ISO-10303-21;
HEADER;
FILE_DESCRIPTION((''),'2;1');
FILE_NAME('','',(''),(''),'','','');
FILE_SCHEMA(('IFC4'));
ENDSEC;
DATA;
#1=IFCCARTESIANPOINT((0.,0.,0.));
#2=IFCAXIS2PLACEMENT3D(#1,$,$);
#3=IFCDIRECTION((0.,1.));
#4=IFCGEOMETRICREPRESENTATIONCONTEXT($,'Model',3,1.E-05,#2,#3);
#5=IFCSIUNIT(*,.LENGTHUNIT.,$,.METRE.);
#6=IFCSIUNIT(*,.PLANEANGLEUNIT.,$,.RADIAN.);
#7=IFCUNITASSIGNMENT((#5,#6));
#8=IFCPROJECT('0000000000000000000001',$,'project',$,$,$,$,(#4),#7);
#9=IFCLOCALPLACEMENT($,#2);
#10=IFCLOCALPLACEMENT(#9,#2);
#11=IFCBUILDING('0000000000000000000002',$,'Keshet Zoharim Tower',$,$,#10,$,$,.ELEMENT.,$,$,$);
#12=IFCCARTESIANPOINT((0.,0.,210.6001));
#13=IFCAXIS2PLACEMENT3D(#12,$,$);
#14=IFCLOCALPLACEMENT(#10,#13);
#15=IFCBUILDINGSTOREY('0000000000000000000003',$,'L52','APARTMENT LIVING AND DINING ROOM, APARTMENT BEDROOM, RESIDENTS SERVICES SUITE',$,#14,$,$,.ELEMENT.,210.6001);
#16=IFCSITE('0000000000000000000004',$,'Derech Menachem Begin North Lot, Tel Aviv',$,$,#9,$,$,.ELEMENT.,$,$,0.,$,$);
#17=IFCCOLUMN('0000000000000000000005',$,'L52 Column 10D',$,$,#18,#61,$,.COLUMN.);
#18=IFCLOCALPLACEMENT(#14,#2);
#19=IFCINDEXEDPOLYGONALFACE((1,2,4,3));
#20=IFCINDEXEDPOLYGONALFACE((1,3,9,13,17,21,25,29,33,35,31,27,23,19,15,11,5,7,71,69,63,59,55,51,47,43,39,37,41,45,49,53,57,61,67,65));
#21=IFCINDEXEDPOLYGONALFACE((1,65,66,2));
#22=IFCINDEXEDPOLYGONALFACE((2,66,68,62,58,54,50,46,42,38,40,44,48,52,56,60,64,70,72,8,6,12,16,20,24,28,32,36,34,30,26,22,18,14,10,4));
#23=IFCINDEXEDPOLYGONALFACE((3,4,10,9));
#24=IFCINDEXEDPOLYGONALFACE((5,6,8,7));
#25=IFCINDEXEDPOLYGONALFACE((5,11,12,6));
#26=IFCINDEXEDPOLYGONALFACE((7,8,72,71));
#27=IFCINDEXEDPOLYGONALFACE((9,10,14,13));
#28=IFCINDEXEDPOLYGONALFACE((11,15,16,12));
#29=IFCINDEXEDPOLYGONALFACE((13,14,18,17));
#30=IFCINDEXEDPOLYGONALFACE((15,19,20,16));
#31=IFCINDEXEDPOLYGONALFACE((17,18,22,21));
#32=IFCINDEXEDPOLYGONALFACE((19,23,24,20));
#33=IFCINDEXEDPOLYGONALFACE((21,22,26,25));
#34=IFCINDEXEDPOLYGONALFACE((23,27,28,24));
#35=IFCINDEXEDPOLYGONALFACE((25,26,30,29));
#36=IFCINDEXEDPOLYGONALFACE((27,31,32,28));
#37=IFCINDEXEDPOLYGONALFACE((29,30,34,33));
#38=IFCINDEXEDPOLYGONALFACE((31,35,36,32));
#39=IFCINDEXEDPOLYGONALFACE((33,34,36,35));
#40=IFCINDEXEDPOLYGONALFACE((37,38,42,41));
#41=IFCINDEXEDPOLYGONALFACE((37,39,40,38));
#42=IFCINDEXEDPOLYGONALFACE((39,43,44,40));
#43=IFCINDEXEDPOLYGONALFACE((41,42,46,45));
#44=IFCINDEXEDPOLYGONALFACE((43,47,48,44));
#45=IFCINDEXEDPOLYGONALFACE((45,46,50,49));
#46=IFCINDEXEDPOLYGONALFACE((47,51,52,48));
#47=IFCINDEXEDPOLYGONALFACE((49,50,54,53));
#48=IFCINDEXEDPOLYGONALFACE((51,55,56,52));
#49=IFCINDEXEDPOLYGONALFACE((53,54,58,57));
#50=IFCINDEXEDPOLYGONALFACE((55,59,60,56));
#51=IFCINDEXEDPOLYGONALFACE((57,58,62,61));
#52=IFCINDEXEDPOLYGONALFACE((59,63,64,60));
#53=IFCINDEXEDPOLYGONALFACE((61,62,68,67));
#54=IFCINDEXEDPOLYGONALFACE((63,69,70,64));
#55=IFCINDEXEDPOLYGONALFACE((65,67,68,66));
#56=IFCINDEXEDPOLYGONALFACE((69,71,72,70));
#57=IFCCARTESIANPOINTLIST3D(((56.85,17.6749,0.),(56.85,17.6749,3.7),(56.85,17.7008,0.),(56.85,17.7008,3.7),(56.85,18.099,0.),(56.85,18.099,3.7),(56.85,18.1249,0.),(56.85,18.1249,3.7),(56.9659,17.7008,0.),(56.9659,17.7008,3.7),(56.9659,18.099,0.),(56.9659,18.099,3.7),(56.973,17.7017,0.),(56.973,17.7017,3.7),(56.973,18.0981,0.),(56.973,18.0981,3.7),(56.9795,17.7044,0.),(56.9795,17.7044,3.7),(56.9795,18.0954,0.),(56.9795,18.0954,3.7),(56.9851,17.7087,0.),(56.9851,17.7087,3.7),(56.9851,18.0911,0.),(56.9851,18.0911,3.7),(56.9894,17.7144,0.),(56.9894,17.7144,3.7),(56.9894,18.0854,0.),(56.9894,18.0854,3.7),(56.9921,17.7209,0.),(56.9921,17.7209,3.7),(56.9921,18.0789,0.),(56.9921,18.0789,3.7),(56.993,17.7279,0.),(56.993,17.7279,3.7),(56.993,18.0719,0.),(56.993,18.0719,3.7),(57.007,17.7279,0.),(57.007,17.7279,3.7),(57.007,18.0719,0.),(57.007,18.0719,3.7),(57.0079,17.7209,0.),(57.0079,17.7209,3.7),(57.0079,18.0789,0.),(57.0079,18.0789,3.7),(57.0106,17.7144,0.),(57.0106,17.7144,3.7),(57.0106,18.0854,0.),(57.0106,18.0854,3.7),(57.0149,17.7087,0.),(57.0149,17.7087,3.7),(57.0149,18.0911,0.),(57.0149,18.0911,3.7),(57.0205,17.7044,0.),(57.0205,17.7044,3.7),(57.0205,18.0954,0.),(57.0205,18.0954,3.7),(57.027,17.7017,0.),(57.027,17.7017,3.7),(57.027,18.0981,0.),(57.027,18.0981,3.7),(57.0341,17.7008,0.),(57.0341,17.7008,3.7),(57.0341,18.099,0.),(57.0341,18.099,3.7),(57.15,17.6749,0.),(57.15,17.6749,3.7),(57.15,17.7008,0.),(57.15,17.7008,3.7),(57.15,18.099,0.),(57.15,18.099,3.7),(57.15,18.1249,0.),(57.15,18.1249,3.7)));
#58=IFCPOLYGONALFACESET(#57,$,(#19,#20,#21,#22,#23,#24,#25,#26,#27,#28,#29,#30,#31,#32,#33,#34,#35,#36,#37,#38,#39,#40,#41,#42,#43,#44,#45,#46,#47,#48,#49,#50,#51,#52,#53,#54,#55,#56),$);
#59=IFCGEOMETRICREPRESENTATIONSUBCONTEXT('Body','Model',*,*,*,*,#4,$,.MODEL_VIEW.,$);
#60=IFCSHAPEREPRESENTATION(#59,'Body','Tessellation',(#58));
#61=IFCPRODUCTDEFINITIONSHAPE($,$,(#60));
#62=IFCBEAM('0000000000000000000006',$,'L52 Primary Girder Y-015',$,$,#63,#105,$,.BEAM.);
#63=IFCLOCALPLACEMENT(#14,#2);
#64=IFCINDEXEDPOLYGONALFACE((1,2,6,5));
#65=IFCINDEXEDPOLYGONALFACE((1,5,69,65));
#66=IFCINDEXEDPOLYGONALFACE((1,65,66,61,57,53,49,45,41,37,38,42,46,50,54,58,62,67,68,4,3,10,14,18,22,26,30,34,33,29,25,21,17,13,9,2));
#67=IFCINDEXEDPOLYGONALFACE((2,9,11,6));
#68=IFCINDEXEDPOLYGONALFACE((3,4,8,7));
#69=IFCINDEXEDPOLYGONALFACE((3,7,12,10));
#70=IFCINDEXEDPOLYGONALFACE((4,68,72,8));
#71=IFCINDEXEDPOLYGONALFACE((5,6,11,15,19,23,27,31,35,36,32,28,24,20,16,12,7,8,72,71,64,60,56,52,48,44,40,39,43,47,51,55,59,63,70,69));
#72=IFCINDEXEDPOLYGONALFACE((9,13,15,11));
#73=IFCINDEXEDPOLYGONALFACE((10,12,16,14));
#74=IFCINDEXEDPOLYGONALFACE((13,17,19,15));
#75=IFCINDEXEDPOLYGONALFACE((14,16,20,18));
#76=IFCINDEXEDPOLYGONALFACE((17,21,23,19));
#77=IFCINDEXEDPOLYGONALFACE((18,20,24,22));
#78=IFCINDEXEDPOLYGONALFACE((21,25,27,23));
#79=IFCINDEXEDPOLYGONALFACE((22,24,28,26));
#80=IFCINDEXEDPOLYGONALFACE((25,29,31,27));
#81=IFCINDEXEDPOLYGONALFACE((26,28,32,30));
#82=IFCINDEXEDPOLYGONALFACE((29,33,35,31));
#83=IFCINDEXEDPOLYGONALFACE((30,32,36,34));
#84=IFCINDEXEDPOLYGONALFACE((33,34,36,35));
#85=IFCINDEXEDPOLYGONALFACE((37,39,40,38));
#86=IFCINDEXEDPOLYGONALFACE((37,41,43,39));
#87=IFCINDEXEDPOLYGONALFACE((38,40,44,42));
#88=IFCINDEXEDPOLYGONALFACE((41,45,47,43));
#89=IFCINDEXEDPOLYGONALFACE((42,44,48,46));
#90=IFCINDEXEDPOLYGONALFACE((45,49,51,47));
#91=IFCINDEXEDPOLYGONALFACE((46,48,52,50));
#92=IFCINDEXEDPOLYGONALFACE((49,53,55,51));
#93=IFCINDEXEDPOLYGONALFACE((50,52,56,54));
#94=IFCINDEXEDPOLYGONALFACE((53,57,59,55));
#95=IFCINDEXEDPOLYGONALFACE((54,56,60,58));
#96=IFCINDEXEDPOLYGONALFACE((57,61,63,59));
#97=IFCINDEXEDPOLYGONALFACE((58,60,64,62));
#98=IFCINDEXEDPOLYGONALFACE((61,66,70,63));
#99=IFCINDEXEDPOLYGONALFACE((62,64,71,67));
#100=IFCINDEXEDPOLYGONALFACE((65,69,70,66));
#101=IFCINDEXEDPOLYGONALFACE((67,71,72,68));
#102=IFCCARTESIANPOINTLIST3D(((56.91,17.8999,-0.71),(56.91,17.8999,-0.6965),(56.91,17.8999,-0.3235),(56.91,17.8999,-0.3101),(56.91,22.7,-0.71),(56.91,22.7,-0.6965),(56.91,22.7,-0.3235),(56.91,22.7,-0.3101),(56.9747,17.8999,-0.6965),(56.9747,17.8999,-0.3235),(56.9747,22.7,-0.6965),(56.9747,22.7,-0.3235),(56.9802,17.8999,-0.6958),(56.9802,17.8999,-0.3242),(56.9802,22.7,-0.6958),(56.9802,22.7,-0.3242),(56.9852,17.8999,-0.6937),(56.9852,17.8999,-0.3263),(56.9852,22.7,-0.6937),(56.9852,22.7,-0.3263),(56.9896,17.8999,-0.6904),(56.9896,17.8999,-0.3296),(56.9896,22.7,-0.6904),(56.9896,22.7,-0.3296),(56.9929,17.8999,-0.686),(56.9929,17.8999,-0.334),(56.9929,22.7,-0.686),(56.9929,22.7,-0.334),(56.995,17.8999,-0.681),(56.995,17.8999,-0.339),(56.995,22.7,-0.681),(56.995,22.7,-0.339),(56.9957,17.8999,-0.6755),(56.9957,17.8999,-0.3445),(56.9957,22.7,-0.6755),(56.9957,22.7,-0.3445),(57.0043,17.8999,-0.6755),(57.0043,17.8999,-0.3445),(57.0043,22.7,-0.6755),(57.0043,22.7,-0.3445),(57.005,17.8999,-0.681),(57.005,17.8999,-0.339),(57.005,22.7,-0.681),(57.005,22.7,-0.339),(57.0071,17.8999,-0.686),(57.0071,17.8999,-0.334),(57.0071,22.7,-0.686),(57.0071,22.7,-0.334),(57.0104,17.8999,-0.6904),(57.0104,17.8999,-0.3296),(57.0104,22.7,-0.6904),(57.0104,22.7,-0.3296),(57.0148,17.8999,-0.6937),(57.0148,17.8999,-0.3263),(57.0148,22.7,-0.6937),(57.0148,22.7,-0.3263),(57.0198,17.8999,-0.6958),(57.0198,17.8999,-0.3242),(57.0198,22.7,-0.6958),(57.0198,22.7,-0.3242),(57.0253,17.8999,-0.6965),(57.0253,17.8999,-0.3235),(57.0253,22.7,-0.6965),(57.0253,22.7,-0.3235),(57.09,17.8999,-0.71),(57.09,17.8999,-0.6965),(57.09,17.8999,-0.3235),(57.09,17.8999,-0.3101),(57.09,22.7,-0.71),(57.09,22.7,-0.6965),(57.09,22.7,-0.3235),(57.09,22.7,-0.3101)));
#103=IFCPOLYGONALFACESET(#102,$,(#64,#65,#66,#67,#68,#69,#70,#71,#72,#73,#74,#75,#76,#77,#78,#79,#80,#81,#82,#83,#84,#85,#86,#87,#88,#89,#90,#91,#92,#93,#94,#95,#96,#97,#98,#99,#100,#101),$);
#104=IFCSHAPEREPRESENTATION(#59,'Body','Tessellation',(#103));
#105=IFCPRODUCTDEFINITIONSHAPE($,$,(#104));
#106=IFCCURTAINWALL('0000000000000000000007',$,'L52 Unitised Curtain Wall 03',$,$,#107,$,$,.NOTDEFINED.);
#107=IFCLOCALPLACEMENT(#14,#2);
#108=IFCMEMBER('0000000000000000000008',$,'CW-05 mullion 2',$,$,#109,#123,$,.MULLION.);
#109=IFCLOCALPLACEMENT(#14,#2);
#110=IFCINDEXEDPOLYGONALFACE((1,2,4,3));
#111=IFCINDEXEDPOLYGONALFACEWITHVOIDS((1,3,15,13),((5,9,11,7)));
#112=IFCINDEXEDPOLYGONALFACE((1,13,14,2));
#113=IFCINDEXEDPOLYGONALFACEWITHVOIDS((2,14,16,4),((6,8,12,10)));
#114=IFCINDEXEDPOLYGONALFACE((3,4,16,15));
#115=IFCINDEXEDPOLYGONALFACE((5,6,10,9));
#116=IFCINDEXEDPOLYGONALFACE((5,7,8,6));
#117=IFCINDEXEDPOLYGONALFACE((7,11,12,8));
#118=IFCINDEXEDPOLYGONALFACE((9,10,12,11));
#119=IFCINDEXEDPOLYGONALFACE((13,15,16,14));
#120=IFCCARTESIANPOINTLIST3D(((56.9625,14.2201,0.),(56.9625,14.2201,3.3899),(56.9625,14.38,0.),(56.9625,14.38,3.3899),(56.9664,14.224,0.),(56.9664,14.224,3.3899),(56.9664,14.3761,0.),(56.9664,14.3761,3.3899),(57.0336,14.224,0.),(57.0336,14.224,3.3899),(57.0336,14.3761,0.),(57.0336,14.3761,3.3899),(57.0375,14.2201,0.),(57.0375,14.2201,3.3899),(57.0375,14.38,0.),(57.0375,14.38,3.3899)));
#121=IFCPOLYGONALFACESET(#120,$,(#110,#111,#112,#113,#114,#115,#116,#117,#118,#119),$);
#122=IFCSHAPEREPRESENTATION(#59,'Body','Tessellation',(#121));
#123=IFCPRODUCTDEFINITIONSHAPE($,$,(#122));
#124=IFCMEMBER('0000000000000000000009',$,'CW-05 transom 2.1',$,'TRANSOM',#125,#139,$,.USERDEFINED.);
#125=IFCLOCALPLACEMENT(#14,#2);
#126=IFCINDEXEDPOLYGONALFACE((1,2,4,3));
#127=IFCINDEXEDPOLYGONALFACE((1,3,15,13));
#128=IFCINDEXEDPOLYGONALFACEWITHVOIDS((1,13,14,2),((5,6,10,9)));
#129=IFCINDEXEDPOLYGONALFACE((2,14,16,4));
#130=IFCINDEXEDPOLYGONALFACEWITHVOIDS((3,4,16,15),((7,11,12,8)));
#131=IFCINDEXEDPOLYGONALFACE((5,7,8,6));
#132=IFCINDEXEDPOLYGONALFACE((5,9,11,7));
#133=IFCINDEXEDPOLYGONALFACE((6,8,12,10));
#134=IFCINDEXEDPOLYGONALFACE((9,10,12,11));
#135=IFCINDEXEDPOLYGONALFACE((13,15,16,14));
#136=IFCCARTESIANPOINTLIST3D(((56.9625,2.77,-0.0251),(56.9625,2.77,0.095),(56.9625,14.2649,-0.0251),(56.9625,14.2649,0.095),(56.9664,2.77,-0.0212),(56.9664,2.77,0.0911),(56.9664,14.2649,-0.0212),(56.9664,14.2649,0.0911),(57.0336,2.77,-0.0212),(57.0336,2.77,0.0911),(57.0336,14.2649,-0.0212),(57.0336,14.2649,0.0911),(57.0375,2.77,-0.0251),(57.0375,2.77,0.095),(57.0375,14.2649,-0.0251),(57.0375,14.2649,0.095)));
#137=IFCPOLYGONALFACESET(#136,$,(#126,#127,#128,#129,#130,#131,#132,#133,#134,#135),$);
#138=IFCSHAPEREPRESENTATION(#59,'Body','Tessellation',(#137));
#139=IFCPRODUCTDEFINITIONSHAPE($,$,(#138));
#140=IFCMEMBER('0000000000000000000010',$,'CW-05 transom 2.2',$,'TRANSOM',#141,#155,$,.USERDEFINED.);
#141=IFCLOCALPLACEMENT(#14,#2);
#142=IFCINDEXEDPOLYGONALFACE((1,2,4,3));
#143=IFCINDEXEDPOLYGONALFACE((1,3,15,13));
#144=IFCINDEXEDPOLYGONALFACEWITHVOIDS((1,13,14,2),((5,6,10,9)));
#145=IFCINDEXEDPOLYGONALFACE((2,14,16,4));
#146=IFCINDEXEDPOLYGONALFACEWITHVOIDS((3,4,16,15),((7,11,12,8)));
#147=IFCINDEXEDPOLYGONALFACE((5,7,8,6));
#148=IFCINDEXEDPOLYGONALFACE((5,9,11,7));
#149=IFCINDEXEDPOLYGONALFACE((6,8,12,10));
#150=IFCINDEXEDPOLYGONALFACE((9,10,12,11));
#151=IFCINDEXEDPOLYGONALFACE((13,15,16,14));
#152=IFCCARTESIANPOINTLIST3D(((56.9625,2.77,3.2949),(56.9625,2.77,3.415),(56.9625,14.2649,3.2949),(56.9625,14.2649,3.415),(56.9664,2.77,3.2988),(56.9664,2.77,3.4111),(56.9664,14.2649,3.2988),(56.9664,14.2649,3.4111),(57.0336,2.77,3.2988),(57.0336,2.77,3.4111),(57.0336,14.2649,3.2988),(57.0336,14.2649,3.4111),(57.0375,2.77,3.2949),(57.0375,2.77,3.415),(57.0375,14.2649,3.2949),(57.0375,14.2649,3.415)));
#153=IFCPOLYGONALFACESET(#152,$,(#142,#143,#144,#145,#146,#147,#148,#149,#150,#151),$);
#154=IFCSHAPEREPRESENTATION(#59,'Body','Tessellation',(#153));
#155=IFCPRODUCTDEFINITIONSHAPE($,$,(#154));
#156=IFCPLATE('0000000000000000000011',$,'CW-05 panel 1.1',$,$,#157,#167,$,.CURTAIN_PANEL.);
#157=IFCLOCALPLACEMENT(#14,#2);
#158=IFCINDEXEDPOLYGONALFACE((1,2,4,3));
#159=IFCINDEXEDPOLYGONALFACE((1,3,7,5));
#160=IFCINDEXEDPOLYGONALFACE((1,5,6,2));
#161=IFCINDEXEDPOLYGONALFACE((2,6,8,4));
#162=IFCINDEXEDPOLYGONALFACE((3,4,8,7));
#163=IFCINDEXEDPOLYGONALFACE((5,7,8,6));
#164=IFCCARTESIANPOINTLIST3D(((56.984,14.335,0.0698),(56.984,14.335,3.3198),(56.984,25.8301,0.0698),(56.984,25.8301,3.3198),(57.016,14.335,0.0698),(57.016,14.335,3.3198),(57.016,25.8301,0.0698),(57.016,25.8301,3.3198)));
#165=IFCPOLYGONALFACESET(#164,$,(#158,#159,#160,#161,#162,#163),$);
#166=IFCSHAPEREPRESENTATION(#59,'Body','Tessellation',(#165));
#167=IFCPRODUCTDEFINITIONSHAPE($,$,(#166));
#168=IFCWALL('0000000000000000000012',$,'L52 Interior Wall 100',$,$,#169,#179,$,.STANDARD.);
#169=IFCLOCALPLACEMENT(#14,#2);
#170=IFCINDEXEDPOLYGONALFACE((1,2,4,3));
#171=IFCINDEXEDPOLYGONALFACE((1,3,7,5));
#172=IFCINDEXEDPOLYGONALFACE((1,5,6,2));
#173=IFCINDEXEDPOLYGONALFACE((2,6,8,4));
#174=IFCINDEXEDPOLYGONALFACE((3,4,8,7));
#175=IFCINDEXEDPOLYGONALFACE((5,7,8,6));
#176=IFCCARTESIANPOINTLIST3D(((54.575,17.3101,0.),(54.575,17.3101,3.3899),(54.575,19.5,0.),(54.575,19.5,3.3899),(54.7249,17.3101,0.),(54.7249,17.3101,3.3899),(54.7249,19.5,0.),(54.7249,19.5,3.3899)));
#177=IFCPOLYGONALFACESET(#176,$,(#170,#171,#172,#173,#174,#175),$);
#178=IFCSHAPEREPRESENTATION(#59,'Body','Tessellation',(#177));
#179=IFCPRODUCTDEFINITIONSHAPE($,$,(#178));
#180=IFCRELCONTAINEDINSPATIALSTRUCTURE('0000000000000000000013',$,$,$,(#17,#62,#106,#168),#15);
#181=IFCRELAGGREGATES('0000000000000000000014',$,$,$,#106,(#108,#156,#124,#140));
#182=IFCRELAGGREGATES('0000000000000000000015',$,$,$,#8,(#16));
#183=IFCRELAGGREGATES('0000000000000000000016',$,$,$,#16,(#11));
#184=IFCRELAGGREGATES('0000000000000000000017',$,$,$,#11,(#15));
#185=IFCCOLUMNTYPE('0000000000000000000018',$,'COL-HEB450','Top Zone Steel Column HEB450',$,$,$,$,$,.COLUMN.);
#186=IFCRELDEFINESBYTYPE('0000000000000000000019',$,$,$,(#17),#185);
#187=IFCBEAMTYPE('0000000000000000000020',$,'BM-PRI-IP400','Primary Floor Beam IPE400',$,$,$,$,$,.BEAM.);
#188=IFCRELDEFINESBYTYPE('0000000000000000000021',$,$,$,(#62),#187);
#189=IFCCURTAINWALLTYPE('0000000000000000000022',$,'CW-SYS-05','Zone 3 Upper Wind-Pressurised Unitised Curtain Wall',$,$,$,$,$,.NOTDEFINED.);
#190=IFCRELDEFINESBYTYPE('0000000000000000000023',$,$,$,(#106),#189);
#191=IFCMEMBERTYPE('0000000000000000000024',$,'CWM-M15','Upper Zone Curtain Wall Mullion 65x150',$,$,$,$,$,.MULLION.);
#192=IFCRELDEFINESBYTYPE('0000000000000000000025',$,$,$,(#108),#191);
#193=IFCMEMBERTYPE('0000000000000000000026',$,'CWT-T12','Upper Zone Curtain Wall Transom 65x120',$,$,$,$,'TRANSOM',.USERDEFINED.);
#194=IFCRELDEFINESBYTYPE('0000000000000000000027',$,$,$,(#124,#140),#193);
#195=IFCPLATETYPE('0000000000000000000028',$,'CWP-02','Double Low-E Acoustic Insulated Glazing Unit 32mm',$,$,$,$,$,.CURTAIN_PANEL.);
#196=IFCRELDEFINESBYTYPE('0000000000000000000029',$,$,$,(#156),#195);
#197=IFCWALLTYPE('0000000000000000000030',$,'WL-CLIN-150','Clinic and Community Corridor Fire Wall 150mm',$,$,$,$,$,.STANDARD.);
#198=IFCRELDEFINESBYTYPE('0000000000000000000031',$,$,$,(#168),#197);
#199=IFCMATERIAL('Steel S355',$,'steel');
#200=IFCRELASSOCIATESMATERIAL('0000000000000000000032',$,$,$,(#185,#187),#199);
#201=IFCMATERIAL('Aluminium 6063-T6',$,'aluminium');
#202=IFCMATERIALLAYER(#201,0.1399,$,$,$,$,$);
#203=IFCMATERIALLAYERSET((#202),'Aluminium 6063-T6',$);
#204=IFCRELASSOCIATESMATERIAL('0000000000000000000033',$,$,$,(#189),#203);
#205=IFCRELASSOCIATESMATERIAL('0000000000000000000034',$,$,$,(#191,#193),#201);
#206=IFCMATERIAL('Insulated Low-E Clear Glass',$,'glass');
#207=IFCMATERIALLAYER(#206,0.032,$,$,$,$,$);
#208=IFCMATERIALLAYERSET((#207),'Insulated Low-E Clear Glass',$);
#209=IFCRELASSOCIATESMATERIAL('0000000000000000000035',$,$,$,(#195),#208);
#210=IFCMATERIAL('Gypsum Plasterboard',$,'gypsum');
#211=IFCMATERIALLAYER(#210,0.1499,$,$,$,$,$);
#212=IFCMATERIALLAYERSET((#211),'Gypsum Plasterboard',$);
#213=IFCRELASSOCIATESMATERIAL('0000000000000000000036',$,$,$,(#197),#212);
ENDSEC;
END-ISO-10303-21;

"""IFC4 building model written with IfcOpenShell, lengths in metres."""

from ifc_helpers import new_model, si_unit, direction, frame, frame_2d, origin, origin_2d, place, context, subcontext, project, spatial, rectangle, hollow_rectangle, i_section, extrude, material, layer, layer_set, material_profile, profile_set, type_object, element, aggregate, save


model = new_model("IFC4")

# Units and contexts
model_context = context("Model", 3, precision=1e-05, world=origin(), true_north=direction((0.0, 1.0)))
body_context = subcontext(model_context, "Body", "Model", "MODEL_VIEW")
ifc_project = project(units=[si_unit("LENGTHUNIT", "METRE"), si_unit("PLANEANGLEUNIT", "RADIAN")], contexts=[model_context])

# Site, building, storey
site_placement = place(None, origin())
site = spatial("IfcSite", under=ifc_project, at=site_placement, Name="Derech Menachem Begin North Lot, Tel Aviv", CompositionType="ELEMENT", RefElevation=0.0)
building_placement = place(site_placement, origin())
building = spatial("IfcBuilding", under=site, at=building_placement, Name="Keshet Zoharim Tower", CompositionType="ELEMENT")
storey_placement = place(building_placement, frame((0.0, 0.0, 210.6001)))
storey = spatial("IfcBuildingStorey", under=building, at=storey_placement, Name="L52", Description="APARTMENT LIVING AND DINING ROOM, APARTMENT BEDROOM, RESIDENTS SERVICES SUITE", CompositionType="ELEMENT", Elevation=210.6001)

# Column
ifc_material_1 = material(Name="Steel S355", Category="steel")
ifc_material_profile_1 = material_profile(ifc_material_1, i_section(OverallWidth=0.3, OverallDepth=0.45, WebThickness=0.0139, FlangeThickness=0.0259, FilletRadius=0.0271, at=origin_2d()), Name="HEB450")
ifc_profile_set_1 = profile_set([ifc_material_profile_1], Name="Steel S355")
column_type = type_object("IfcColumnType", Name="COL-HEB450", Description="Top Zone Steel Column HEB450", PredefinedType="COLUMN", material=ifc_profile_set_1)
column_placement = place(storey_placement, frame((57.0, 17.8999, 0.0), z_axis=(0.0, 0.0, 1.0), x_axis=(1.0, 0.0, 0.0)))
element("IfcColumn", 1, at=column_placement, inside=storey, type_object=column_type, Name="L52 Column 10D", PredefinedType="COLUMN", context=body_context, shape_type="SweptSolid", body=[
    extrude(i_section(OverallWidth=0.3, OverallDepth=0.45, WebThickness=0.0139, FlangeThickness=0.0259, FilletRadius=0.0271, at=origin_2d()), origin(), (0.0, 0.0, 1.0), 3.7),
])

# Beam
ifc_material_profile_2 = material_profile(ifc_material_1, i_section(OverallWidth=0.1799, OverallDepth=0.3999, WebThickness=0.0085, FlangeThickness=0.0134, FilletRadius=0.021, at=origin_2d()), Name="IPE400")
ifc_profile_set_2 = profile_set([ifc_material_profile_2], Name="Steel S355")
beam_type = type_object("IfcBeamType", Name="BM-PRI-IP400", Description="Primary Floor Beam IPE400", PredefinedType="BEAM", material=ifc_profile_set_2)
beam_placement = place(storey_placement, frame((57.0, 17.8999, -0.51), z_axis=(0.0, 1.0, 0.0), x_axis=(-1.0, 0.0, 0.0)))
element("IfcBeam", 2, at=beam_placement, inside=storey, type_object=beam_type, Name="L52 Primary Girder Y-015", PredefinedType="BEAM", context=body_context, shape_type="SweptSolid", body=[
    extrude(i_section(OverallWidth=0.1799, OverallDepth=0.3999, WebThickness=0.0085, FlangeThickness=0.0134, FilletRadius=0.021, at=origin_2d()), origin(), (0.0, 0.0, 1.0), 4.8),
])

# Curtain wall, members, plate
ifc_material_2 = material(Name="Aluminium 6063-T6", Category="aluminium")
ifc_layer_1 = layer(ifc_material_2, 0.1399)
ifc_layer_set_1 = layer_set([ifc_layer_1], Name="Aluminium 6063-T6")
curtain_wall_type = type_object("IfcCurtainWallType", Name="CW-SYS-05", Description="Zone 3 Upper Wind-Pressurised Unitised Curtain Wall", PredefinedType="NOTDEFINED", material=ifc_layer_set_1)
curtain_wall_placement = place(storey_placement, origin())
curtain_wall = element("IfcCurtainWall", 3, at=curtain_wall_placement, inside=storey, type_object=curtain_wall_type, Name="L52 Unitised Curtain Wall 03", PredefinedType="NOTDEFINED")
ifc_material_profile_3 = material_profile(ifc_material_2, hollow_rectangle(XDim=0.075, YDim=0.1599, WallThickness=0.0039, at=origin_2d()), Name="MUL-75x160")
ifc_profile_set_3 = profile_set([ifc_material_profile_3], Name="Aluminium 6063-T6")
member_type_1 = type_object("IfcMemberType", Name="CWM-M15", Description="Upper Zone Curtain Wall Mullion 65x150", PredefinedType="MULLION", material=ifc_profile_set_3)
member_1_placement = place(storey_placement, frame((57.0, 14.3, 0.0), z_axis=(0.0, 0.0, 1.0), x_axis=(1.0, 0.0, 0.0)))
member_1 = element("IfcMember", 4, at=member_1_placement, type_object=member_type_1, Name="CW-05 mullion 2", PredefinedType="MULLION", context=body_context, shape_type="SweptSolid", body=[
    extrude(hollow_rectangle(XDim=0.075, YDim=0.1599, WallThickness=0.0039, at=origin_2d()), origin(), (0.0, 0.0, 1.0), 3.3899),
])
ifc_material_profile_4 = material_profile(ifc_material_2, hollow_rectangle(XDim=0.075, YDim=0.1201, WallThickness=0.0039, at=origin_2d()), Name="TRN-75x120")
ifc_profile_set_4 = profile_set([ifc_material_profile_4], Name="Aluminium 6063-T6")
member_type_2 = type_object("IfcMemberType", Name="CWT-T12", Description="Upper Zone Curtain Wall Transom 65x120", ElementType="TRANSOM", PredefinedType="USERDEFINED", material=ifc_profile_set_4)
member_2_placement = place(storey_placement, frame((57.0, 14.2649, 0.0349), z_axis=(0.0, -1.0, 0.0), x_axis=(1.0, 0.0, 0.0)))
member_2 = element("IfcMember", 5, at=member_2_placement, type_object=member_type_2, Name="CW-05 transom 2.1", ObjectType="TRANSOM", PredefinedType="USERDEFINED", context=body_context, shape_type="SweptSolid", body=[
    extrude(hollow_rectangle(XDim=0.075, YDim=0.1201, WallThickness=0.0039, at=origin_2d()), origin(), (0.0, 0.0, 1.0), 11.4949),
])
member_3_placement = place(storey_placement, frame((57.0, 14.2649, 3.355), z_axis=(0.0, -1.0, 0.0), x_axis=(1.0, 0.0, 0.0)))
member_3 = element("IfcMember", 6, at=member_3_placement, type_object=member_type_2, Name="CW-05 transom 2.2", ObjectType="TRANSOM", PredefinedType="USERDEFINED", context=body_context, shape_type="SweptSolid", body=[
    extrude(hollow_rectangle(XDim=0.075, YDim=0.1201, WallThickness=0.0039, at=origin_2d()), origin(), (0.0, 0.0, 1.0), 11.4949),
])
ifc_material_3 = material(Name="Insulated Low-E Clear Glass", Category="glass")
ifc_layer_2 = layer(ifc_material_3, 0.032)
ifc_layer_set_2 = layer_set([ifc_layer_2], Name="Insulated Low-E Clear Glass")
plate_type = type_object("IfcPlateType", Name="CWP-02", Description="Double Low-E Acoustic Insulated Glazing Unit 32mm", PredefinedType="CURTAIN_PANEL", material=ifc_layer_set_2)
plate_placement = place(storey_placement, frame((57.0, 20.0825, 0.0698), z_axis=(0.0, 0.0, 1.0), x_axis=(0.0, -1.0, 0.0)))
plate = element("IfcPlate", 7, at=plate_placement, type_object=plate_type, Name="CW-05 panel 1.1", PredefinedType="CURTAIN_PANEL", context=body_context, shape_type="SweptSolid", body=[
    extrude(rectangle(XDim=11.4951, YDim=0.032, at=origin_2d()), origin(), (0.0, 0.0, 1.0), 3.25),
])
aggregate(curtain_wall, [member_1, plate, member_2, member_3])

# Wall
ifc_material_4 = material(Name="Gypsum Plasterboard", Category="gypsum")
ifc_layer_3 = layer(ifc_material_4, 0.1499)
ifc_layer_set_3 = layer_set([ifc_layer_3], Name="Gypsum Plasterboard")
wall_type_1 = type_object("IfcWallType", Name="WL-CLIN-150", Description="Clinic and Community Corridor Fire Wall 150mm", PredefinedType="STANDARD", material=ifc_layer_set_3)
wall_1_placement = place(storey_placement, frame((54.6499, 17.3101, 0.0), z_axis=(0.0, 0.0, 1.0), x_axis=(0.0, 1.0, 0.0)))
element("IfcWall", 8, at=wall_1_placement, inside=storey, type_object=wall_type_1, Name="L52 Interior Wall 100", PredefinedType="STANDARD", context=body_context, shape_type="SweptSolid", body=[
    extrude(rectangle(XDim=2.1899, YDim=0.1499, at=frame_2d((1.095, 0.0))), origin(), (0.0, 0.0, 1.0), 3.3899),
])

save(model, "model.ifc")
